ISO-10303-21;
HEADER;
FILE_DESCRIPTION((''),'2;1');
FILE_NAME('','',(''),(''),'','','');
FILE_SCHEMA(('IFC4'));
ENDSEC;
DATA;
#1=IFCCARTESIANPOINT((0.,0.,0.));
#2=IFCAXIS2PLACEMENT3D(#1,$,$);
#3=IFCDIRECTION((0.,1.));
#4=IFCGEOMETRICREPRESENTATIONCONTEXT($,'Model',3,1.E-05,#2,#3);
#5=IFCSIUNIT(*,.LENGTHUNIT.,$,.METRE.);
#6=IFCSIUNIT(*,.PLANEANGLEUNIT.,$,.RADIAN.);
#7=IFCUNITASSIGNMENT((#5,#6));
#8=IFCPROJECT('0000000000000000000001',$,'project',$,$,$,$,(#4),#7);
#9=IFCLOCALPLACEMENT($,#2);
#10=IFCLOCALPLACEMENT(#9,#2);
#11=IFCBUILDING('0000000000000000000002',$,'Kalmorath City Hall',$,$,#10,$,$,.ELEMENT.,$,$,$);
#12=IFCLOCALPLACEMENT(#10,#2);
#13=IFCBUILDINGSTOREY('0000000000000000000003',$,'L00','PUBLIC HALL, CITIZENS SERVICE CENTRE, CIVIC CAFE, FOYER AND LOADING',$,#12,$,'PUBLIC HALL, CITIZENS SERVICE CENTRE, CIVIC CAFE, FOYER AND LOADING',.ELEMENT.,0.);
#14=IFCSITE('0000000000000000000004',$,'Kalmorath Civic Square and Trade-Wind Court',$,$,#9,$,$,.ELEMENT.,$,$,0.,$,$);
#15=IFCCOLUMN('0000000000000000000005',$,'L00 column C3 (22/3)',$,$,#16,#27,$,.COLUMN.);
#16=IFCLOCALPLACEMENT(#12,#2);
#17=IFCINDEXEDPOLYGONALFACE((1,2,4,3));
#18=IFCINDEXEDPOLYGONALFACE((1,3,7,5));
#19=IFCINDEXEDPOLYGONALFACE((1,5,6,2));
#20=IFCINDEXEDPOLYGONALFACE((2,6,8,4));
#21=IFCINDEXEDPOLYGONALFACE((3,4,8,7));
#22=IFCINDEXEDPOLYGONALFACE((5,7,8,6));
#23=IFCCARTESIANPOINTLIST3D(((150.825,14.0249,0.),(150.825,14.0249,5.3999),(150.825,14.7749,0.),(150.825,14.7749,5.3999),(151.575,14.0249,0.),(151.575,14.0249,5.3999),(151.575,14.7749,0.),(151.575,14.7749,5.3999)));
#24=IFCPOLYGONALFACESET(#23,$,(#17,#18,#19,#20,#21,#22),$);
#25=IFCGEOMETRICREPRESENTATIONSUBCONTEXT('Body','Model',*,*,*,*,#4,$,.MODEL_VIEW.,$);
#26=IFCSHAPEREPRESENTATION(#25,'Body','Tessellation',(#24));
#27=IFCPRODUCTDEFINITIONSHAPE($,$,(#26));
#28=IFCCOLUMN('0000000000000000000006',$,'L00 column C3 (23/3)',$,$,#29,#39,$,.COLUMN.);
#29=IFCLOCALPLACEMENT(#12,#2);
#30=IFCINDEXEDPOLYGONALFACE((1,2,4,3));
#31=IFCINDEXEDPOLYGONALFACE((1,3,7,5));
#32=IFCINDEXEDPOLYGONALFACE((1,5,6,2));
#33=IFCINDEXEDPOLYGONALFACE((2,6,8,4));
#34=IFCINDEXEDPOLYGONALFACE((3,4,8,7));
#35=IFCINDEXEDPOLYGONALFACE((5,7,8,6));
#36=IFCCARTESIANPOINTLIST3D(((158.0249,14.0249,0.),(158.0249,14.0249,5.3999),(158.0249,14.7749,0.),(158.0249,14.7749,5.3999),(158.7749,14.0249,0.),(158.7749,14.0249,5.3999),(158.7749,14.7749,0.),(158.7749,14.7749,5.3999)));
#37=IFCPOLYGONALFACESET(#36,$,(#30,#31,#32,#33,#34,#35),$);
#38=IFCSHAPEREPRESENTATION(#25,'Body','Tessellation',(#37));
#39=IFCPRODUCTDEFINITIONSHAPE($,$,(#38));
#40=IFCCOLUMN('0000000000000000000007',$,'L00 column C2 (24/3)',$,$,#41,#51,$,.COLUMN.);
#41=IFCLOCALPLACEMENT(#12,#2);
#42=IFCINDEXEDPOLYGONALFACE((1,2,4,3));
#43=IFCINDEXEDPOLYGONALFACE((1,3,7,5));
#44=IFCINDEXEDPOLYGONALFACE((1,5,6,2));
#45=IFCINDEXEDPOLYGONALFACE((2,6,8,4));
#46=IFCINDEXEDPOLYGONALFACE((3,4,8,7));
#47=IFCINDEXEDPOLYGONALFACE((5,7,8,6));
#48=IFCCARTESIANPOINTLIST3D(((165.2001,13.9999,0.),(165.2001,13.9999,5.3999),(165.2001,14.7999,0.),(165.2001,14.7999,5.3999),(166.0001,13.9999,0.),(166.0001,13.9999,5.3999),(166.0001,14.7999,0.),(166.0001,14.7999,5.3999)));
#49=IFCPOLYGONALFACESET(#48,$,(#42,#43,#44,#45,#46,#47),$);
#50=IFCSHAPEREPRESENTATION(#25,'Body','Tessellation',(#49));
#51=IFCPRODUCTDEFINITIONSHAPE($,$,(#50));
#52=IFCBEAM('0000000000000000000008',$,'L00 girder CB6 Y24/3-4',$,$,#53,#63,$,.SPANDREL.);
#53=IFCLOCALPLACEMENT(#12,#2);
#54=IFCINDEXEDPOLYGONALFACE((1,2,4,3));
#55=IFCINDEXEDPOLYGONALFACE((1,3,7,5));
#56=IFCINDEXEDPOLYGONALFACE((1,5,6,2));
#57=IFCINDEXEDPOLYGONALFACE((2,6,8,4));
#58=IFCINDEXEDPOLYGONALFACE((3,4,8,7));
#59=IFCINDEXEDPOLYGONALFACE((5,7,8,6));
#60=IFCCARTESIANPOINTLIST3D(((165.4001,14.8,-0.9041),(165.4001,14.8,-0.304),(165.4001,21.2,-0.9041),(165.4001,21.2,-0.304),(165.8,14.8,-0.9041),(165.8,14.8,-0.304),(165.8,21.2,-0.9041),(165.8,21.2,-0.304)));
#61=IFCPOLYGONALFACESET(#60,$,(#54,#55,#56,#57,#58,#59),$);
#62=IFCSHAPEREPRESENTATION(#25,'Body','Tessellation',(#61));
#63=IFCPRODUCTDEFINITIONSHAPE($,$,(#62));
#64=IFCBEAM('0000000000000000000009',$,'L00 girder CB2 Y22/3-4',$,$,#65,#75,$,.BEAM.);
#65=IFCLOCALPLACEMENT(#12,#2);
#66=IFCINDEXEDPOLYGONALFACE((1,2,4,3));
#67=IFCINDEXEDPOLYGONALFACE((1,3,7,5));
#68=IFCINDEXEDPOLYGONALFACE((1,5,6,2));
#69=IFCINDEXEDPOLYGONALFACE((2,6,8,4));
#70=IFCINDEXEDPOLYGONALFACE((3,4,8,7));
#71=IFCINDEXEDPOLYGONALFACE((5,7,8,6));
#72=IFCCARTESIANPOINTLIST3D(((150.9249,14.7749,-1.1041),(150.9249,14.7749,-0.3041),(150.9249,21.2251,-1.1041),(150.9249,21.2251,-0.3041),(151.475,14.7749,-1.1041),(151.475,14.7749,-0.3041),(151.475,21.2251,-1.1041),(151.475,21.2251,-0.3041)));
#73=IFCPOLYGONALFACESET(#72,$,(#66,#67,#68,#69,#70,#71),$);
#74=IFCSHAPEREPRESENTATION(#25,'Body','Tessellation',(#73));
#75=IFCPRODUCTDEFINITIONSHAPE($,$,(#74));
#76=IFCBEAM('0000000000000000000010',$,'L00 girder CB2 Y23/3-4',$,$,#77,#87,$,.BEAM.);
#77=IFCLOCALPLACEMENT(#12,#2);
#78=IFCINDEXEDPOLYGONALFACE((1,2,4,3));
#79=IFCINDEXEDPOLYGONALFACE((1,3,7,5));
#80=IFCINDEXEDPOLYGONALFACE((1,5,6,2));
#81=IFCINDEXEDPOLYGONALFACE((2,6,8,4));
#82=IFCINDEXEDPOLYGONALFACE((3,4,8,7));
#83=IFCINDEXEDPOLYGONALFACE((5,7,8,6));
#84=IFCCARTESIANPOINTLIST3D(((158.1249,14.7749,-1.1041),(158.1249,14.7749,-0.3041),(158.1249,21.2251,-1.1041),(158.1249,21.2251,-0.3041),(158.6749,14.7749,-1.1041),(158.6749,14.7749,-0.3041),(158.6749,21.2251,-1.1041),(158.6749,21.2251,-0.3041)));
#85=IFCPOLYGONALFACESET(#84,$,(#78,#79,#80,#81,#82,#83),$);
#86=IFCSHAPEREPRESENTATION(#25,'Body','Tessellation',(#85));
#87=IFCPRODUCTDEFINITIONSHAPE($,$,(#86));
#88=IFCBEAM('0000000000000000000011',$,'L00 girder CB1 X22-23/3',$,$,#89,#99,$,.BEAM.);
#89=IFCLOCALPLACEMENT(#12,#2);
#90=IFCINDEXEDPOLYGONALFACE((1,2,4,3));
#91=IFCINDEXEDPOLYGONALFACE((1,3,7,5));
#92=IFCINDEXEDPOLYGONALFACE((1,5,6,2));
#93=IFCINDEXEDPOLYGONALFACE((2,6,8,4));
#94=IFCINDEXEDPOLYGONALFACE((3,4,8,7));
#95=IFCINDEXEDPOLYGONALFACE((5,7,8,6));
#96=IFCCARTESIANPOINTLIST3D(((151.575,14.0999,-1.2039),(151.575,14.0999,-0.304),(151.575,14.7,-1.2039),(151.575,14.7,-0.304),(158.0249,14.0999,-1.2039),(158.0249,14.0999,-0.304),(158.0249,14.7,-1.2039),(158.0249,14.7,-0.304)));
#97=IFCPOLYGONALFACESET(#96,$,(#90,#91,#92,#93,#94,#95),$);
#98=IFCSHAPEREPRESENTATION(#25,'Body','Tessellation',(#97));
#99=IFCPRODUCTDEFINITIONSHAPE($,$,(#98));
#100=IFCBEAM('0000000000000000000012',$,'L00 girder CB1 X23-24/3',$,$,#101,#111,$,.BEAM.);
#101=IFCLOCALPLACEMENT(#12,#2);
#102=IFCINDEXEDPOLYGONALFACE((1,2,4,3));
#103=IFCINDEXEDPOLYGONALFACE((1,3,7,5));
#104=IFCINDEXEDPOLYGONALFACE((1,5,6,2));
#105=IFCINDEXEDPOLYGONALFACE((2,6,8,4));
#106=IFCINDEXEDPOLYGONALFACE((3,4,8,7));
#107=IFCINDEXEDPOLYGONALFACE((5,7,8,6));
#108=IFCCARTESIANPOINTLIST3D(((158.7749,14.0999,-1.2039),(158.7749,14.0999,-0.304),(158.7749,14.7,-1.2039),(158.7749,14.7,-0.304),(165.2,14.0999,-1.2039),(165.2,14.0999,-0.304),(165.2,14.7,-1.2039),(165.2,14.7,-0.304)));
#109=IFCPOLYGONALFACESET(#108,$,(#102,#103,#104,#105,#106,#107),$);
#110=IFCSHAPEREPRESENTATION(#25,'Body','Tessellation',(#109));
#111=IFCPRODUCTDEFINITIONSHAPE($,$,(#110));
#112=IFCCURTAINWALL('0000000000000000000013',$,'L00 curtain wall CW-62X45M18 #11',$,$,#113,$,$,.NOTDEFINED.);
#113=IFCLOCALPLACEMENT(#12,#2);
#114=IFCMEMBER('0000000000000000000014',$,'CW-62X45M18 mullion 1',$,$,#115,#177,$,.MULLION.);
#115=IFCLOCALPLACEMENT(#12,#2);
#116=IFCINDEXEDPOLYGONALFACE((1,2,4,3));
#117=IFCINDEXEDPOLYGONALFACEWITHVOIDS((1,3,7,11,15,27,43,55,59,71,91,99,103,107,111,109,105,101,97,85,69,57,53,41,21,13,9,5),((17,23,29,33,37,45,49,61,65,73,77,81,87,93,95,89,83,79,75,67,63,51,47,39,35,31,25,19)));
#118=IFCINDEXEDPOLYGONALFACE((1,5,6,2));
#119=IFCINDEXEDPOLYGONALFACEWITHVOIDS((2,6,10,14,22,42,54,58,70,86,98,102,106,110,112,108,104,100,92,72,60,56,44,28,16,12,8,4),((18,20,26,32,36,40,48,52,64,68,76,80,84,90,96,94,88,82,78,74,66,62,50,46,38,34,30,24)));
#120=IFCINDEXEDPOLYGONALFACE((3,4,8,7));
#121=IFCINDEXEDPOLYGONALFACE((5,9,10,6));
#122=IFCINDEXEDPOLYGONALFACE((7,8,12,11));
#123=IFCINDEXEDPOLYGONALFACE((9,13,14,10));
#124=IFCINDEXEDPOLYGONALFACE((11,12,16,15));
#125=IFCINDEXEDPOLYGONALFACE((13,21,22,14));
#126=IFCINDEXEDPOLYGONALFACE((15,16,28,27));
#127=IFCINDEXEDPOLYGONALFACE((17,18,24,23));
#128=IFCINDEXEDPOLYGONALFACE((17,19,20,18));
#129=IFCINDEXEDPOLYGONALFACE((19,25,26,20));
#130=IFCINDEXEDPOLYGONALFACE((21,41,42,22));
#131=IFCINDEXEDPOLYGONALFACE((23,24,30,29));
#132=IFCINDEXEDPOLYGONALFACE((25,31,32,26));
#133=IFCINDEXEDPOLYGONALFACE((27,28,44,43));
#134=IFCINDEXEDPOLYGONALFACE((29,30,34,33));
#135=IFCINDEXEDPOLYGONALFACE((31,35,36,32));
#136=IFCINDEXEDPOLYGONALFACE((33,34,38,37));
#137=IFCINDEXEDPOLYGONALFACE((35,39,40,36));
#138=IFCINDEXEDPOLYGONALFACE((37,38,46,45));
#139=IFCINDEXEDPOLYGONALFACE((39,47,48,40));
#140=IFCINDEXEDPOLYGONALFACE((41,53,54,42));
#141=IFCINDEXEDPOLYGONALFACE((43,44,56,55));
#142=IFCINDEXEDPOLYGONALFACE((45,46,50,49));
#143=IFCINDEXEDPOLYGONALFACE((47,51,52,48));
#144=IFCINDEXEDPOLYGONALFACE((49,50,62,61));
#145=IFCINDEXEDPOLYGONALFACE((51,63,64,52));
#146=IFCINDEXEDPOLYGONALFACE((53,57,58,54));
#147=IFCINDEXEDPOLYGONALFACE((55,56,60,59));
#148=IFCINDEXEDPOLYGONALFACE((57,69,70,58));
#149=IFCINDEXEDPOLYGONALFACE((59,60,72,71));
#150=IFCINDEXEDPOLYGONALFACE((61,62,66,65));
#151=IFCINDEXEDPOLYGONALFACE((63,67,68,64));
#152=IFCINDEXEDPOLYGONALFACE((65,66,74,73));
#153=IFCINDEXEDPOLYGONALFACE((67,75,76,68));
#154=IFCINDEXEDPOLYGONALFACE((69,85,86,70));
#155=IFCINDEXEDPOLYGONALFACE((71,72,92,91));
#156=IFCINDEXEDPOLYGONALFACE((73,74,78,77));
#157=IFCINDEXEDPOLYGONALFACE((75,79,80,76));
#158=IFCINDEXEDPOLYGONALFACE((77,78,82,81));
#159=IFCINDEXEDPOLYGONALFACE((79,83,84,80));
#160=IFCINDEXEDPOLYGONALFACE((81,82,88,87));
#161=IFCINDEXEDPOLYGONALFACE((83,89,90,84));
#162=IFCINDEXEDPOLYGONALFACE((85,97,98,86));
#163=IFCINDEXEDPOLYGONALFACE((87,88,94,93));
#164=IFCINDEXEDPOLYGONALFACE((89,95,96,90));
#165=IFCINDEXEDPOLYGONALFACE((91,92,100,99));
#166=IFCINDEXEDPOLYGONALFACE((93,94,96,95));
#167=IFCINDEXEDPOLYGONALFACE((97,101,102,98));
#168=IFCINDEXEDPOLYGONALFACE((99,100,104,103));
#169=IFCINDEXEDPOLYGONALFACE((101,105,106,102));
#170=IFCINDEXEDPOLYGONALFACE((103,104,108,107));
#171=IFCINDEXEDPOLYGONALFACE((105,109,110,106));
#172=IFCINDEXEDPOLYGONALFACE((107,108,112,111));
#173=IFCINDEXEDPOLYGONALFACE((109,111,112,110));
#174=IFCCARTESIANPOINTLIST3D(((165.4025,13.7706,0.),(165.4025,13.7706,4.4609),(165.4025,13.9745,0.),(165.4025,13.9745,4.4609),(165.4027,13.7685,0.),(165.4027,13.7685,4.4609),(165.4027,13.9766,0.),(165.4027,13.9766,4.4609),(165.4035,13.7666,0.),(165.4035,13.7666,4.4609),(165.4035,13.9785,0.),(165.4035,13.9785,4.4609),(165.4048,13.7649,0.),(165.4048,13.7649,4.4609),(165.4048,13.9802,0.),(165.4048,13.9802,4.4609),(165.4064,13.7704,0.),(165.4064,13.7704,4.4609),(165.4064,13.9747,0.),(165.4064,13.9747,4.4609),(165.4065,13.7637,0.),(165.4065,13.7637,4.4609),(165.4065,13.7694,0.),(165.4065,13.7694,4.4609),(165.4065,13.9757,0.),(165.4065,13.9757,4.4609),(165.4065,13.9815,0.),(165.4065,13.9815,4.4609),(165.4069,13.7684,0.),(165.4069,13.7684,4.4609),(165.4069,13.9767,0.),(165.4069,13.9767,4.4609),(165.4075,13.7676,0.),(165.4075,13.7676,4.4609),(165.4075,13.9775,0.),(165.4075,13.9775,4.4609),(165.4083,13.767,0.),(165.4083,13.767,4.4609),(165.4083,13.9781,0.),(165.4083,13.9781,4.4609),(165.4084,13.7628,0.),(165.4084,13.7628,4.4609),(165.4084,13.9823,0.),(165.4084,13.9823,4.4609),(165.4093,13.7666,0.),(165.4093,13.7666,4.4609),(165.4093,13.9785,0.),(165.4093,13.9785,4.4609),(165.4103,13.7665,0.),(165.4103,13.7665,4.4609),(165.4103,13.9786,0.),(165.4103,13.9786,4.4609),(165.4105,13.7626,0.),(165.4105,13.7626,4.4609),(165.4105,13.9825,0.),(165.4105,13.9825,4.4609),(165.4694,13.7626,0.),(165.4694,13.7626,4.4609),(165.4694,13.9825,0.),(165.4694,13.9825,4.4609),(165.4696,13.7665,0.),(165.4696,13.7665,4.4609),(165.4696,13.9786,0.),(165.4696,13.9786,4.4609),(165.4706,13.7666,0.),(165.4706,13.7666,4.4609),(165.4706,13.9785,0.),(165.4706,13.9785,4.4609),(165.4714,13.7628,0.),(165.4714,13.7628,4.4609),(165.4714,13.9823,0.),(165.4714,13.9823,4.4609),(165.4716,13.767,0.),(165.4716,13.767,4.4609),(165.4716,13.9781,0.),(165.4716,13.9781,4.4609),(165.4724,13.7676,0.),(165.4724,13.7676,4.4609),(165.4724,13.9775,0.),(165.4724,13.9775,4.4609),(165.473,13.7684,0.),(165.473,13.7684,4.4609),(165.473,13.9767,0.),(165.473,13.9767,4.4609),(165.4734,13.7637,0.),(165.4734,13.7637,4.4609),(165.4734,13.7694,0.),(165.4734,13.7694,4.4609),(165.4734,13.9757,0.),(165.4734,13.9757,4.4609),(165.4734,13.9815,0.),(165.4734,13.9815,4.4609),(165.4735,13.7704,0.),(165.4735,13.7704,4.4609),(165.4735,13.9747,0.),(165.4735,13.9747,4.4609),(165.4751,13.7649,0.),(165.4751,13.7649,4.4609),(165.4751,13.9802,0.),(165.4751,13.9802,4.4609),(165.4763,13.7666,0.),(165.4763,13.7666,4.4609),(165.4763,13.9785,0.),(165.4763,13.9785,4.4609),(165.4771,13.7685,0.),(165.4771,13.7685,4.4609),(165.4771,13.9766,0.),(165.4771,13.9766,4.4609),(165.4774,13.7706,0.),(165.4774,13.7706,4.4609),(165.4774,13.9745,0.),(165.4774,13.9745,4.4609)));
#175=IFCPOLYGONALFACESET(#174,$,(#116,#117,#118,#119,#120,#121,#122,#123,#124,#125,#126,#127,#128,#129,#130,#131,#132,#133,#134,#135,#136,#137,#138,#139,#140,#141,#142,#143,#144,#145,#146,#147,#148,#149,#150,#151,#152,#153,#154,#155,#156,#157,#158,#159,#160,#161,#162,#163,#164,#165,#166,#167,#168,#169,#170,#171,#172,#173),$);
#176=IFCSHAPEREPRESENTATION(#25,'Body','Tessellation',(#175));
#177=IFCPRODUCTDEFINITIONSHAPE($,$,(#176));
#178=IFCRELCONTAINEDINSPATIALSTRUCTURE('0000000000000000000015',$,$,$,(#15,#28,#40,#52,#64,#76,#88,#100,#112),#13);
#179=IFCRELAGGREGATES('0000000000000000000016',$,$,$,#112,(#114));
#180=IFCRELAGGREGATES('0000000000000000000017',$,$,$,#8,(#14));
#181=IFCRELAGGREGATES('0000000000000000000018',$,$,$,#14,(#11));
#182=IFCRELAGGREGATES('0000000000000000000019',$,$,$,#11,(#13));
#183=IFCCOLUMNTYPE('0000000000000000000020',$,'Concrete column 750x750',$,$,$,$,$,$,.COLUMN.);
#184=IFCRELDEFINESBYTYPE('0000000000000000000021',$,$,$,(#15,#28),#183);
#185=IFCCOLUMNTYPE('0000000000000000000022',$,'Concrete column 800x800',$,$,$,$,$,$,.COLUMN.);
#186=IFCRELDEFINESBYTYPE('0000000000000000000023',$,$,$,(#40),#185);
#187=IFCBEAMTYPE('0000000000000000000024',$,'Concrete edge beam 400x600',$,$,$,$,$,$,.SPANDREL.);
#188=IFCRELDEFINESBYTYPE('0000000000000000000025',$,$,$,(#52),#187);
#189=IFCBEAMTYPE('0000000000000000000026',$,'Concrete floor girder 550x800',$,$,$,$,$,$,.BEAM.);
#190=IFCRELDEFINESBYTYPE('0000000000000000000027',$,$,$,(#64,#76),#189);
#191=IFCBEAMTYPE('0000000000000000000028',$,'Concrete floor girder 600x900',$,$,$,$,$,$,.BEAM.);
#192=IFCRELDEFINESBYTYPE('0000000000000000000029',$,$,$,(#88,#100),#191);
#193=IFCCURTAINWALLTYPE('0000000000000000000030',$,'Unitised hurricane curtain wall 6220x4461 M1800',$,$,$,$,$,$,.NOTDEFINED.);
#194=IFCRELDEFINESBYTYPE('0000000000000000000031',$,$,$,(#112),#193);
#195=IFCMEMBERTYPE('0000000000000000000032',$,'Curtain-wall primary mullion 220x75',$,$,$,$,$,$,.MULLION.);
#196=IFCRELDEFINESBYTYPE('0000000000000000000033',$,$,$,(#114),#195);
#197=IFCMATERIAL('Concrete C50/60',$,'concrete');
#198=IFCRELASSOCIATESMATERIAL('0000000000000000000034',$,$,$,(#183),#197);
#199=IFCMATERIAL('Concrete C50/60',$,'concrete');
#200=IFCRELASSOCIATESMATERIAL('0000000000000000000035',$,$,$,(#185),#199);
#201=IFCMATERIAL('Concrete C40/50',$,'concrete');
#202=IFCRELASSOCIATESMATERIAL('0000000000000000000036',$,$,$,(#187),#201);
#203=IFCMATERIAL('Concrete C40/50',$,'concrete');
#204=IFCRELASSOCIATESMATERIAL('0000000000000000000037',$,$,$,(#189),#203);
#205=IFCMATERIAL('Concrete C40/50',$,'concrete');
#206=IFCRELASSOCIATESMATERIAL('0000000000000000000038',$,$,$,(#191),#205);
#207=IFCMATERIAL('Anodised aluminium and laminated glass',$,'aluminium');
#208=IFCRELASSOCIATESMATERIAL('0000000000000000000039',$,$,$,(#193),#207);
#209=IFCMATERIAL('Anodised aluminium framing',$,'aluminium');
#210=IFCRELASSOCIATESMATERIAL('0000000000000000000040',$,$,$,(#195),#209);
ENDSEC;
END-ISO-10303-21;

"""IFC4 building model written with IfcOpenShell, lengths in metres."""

from ifc_helpers import new_model, si_unit, direction, frame, origin, origin_2d, place, context, subcontext, project, spatial, rectangle, hollow_rectangle, extrude, material, material_profile, profile_set, type_object, element, aggregate, save


model = new_model("IFC4")

# Units and contexts
model_context = context("Model", 3, precision=1e-05, world=origin(), true_north=direction((0.0, 1.0)))
body_context = subcontext(model_context, "Body", "Model", "MODEL_VIEW")
ifc_project = project(units=[si_unit("LENGTHUNIT", "METRE"), si_unit("PLANEANGLEUNIT", "RADIAN")], contexts=[model_context])

# Site, building, storey
site_placement = place(None, origin())
site = spatial("IfcSite", under=ifc_project, at=site_placement, Name="Kalmorath Civic Square and Trade-Wind Court", CompositionType="ELEMENT", RefElevation=0.0)
building_placement = place(site_placement, origin())
building = spatial("IfcBuilding", under=site, at=building_placement, Name="Kalmorath City Hall", CompositionType="ELEMENT")
storey_placement = place(building_placement, origin())
storey = spatial("IfcBuildingStorey", under=building, at=storey_placement, Name="L00", Description="PUBLIC HALL, CITIZENS SERVICE CENTRE, CIVIC CAFE, FOYER AND LOADING", LongName="PUBLIC HALL, CITIZENS SERVICE CENTRE, CIVIC CAFE, FOYER AND LOADING", CompositionType="ELEMENT", Elevation=0.0)

# Columns
ifc_material_1 = material(Name="Concrete C50/60", Category="concrete")
ifc_material_profile_1 = material_profile(ifc_material_1, rectangle(XDim=0.75, YDim=0.75, at=origin_2d()), Name="RC-COL-750X750")
ifc_profile_set_1 = profile_set([ifc_material_profile_1], Name="Concrete C50/60")
column_type_1 = type_object("IfcColumnType", Name="Concrete column 750x750", PredefinedType="COLUMN", material=ifc_profile_set_1)
for number, where, z_axis, x_axis, name in (
    (1, (151.2, 14.3999, 0.0), (0.0, 0.0, 1.0), (1.0, 0.0, 0.0), "L00 column C3 (22/3)"),
    (2, (158.3999, 14.3999, 0.0), (0.0, 0.0, 1.0), (1.0, 0.0, 0.0), "L00 column C3 (23/3)"),
):
    element("IfcColumn", number, at=place(storey_placement, frame(where, z_axis=z_axis, x_axis=x_axis)), inside=storey, type_object=column_type_1, Name=name, PredefinedType="COLUMN", context=body_context, shape_type="SweptSolid", body=[
        extrude(rectangle(XDim=0.75, YDim=0.75, at=origin_2d()), origin(), (0.0, 0.0, 1.0), 5.3999),
    ])
ifc_material_2 = material(Name="Concrete C50/60", Category="concrete")
ifc_material_profile_2 = material_profile(ifc_material_2, rectangle(XDim=0.8, YDim=0.8, at=origin_2d()), Name="RC-COL-800X800")
ifc_profile_set_2 = profile_set([ifc_material_profile_2], Name="Concrete C50/60")
column_type_2 = type_object("IfcColumnType", Name="Concrete column 800x800", PredefinedType="COLUMN", material=ifc_profile_set_2)
column_placement = place(storey_placement, frame((165.6001, 14.3999, 0.0), z_axis=(0.0, 0.0, 1.0), x_axis=(1.0, 0.0, 0.0)))
element("IfcColumn", 3, at=column_placement, inside=storey, type_object=column_type_2, Name="L00 column C2 (24/3)", PredefinedType="COLUMN", context=body_context, shape_type="SweptSolid", body=[
    extrude(rectangle(XDim=0.8, YDim=0.8, at=origin_2d()), origin(), (0.0, 0.0, 1.0), 5.3999),
])

# Beams
ifc_material_3 = material(Name="Concrete C40/50", Category="concrete")
ifc_material_profile_3 = material_profile(ifc_material_3, rectangle(XDim=0.3999, YDim=0.6001, at=origin_2d()), Name="RC-BM-400X600")
ifc_profile_set_3 = profile_set([ifc_material_profile_3], Name="Concrete C40/50")
beam_type_1 = type_object("IfcBeamType", Name="Concrete edge beam 400x600", PredefinedType="SPANDREL", material=ifc_profile_set_3)
beam_1_placement = place(storey_placement, frame((165.6001, 14.8, -0.604), z_axis=(0.0, 1.0, 0.0), x_axis=(-1.0, 0.0, 0.0)))
element("IfcBeam", 4, at=beam_1_placement, inside=storey, type_object=beam_type_1, Name="L00 girder CB6 Y24/3-4", PredefinedType="SPANDREL", context=body_context, shape_type="SweptSolid", body=[
    extrude(rectangle(XDim=0.3999, YDim=0.6001, at=origin_2d()), origin(), (0.0, 0.0, 1.0), 6.3999),
])
ifc_material_4 = material(Name="Concrete C40/50", Category="concrete")
ifc_material_profile_4 = material_profile(ifc_material_4, rectangle(XDim=0.55, YDim=0.8, at=origin_2d()), Name="RC-BM-550X800")
ifc_profile_set_4 = profile_set([ifc_material_profile_4], Name="Concrete C40/50")
beam_type_2 = type_object("IfcBeamType", Name="Concrete floor girder 550x800", PredefinedType="BEAM", material=ifc_profile_set_4)
for number, where, z_axis, x_axis, name in (
    (5, (151.2, 14.7749, -0.7041), (0.0, 1.0, 0.0), (-1.0, 0.0, 0.0), "L00 girder CB2 Y22/3-4"),
    (6, (158.3999, 14.7749, -0.7041), (0.0, 1.0, 0.0), (-1.0, 0.0, 0.0), "L00 girder CB2 Y23/3-4"),
):
    element("IfcBeam", number, at=place(storey_placement, frame(where, z_axis=z_axis, x_axis=x_axis)), inside=storey, type_object=beam_type_2, Name=name, PredefinedType="BEAM", context=body_context, shape_type="SweptSolid", body=[
        extrude(rectangle(XDim=0.55, YDim=0.8, at=origin_2d()), origin(), (0.0, 0.0, 1.0), 6.4502),
    ])
ifc_material_5 = material(Name="Concrete C40/50", Category="concrete")
ifc_material_profile_5 = material_profile(ifc_material_5, rectangle(XDim=0.6001, YDim=0.8999, at=origin_2d()), Name="RC-BM-600X900")
ifc_profile_set_5 = profile_set([ifc_material_profile_5], Name="Concrete C40/50")
beam_type_3 = type_object("IfcBeamType", Name="Concrete floor girder 600x900", PredefinedType="BEAM", material=ifc_profile_set_5)
beam_2_placement = place(storey_placement, frame((151.575, 14.3999, -0.7539), z_axis=(1.0, 0.0, 0.0), x_axis=(0.0, 1.0, 0.0)))
element("IfcBeam", 7, at=beam_2_placement, inside=storey, type_object=beam_type_3, Name="L00 girder CB1 X22-23/3", PredefinedType="BEAM", context=body_context, shape_type="SweptSolid", body=[
    extrude(rectangle(XDim=0.6001, YDim=0.8999, at=origin_2d()), origin(), (0.0, 0.0, 1.0), 6.45),
])
beam_3_placement = place(storey_placement, frame((158.7749, 14.3999, -0.7539), z_axis=(1.0, 0.0, 0.0), x_axis=(0.0, 1.0, 0.0)))
element("IfcBeam", 8, at=beam_3_placement, inside=storey, type_object=beam_type_3, Name="L00 girder CB1 X23-24/3", PredefinedType="BEAM", context=body_context, shape_type="SweptSolid", body=[
    extrude(rectangle(XDim=0.6001, YDim=0.8999, at=origin_2d()), origin(), (0.0, 0.0, 1.0), 6.425),
])

# Curtain wall, member
ifc_material_6 = material(Name="Anodised aluminium and laminated glass", Category="aluminium")
curtain_wall_type = type_object("IfcCurtainWallType", Name="Unitised hurricane curtain wall 6220x4461 M1800", PredefinedType="NOTDEFINED", material=ifc_material_6)
curtain_wall_placement = place(storey_placement, origin())
curtain_wall = element("IfcCurtainWall", 9, at=curtain_wall_placement, inside=storey, type_object=curtain_wall_type, Name="L00 curtain wall CW-62X45M18 #11", PredefinedType="NOTDEFINED")
ifc_material_7 = material(Name="Anodised aluminium framing", Category="aluminium")
ifc_material_profile_6 = material_profile(ifc_material_7, hollow_rectangle(XDim=0.075, YDim=0.22, WallThickness=0.0039, InnerFilletRadius=0.0039, OuterFilletRadius=0.0081, at=origin_2d()), Name="ALU-MUL-220X75X4")
ifc_profile_set_6 = profile_set([ifc_material_profile_6], Name="Anodised aluminium framing")
member_type_1 = type_object("IfcMemberType", Name="Curtain-wall primary mullion 220x75", PredefinedType="MULLION", material=ifc_profile_set_6)
member_1_placement = place(storey_placement, frame((165.4399, 13.8726, 0.0), z_axis=(0.0, 0.0, 1.0), x_axis=(1.0, 0.0, 0.0)))
member_1 = element("IfcMember", 10, at=member_1_placement, type_object=member_type_1, Name="CW-62X45M18 mullion 1", PredefinedType="MULLION", context=body_context, shape_type="SweptSolid", body=[
    extrude(hollow_rectangle(XDim=0.075, YDim=0.22, WallThickness=0.0039, InnerFilletRadius=0.0039, OuterFilletRadius=0.0081, at=origin_2d()), origin(), (0.0, 0.0, 1.0), 4.4609),
])

aggregate(curtain_wall, [member_1])

save(model, "model.ifc")
